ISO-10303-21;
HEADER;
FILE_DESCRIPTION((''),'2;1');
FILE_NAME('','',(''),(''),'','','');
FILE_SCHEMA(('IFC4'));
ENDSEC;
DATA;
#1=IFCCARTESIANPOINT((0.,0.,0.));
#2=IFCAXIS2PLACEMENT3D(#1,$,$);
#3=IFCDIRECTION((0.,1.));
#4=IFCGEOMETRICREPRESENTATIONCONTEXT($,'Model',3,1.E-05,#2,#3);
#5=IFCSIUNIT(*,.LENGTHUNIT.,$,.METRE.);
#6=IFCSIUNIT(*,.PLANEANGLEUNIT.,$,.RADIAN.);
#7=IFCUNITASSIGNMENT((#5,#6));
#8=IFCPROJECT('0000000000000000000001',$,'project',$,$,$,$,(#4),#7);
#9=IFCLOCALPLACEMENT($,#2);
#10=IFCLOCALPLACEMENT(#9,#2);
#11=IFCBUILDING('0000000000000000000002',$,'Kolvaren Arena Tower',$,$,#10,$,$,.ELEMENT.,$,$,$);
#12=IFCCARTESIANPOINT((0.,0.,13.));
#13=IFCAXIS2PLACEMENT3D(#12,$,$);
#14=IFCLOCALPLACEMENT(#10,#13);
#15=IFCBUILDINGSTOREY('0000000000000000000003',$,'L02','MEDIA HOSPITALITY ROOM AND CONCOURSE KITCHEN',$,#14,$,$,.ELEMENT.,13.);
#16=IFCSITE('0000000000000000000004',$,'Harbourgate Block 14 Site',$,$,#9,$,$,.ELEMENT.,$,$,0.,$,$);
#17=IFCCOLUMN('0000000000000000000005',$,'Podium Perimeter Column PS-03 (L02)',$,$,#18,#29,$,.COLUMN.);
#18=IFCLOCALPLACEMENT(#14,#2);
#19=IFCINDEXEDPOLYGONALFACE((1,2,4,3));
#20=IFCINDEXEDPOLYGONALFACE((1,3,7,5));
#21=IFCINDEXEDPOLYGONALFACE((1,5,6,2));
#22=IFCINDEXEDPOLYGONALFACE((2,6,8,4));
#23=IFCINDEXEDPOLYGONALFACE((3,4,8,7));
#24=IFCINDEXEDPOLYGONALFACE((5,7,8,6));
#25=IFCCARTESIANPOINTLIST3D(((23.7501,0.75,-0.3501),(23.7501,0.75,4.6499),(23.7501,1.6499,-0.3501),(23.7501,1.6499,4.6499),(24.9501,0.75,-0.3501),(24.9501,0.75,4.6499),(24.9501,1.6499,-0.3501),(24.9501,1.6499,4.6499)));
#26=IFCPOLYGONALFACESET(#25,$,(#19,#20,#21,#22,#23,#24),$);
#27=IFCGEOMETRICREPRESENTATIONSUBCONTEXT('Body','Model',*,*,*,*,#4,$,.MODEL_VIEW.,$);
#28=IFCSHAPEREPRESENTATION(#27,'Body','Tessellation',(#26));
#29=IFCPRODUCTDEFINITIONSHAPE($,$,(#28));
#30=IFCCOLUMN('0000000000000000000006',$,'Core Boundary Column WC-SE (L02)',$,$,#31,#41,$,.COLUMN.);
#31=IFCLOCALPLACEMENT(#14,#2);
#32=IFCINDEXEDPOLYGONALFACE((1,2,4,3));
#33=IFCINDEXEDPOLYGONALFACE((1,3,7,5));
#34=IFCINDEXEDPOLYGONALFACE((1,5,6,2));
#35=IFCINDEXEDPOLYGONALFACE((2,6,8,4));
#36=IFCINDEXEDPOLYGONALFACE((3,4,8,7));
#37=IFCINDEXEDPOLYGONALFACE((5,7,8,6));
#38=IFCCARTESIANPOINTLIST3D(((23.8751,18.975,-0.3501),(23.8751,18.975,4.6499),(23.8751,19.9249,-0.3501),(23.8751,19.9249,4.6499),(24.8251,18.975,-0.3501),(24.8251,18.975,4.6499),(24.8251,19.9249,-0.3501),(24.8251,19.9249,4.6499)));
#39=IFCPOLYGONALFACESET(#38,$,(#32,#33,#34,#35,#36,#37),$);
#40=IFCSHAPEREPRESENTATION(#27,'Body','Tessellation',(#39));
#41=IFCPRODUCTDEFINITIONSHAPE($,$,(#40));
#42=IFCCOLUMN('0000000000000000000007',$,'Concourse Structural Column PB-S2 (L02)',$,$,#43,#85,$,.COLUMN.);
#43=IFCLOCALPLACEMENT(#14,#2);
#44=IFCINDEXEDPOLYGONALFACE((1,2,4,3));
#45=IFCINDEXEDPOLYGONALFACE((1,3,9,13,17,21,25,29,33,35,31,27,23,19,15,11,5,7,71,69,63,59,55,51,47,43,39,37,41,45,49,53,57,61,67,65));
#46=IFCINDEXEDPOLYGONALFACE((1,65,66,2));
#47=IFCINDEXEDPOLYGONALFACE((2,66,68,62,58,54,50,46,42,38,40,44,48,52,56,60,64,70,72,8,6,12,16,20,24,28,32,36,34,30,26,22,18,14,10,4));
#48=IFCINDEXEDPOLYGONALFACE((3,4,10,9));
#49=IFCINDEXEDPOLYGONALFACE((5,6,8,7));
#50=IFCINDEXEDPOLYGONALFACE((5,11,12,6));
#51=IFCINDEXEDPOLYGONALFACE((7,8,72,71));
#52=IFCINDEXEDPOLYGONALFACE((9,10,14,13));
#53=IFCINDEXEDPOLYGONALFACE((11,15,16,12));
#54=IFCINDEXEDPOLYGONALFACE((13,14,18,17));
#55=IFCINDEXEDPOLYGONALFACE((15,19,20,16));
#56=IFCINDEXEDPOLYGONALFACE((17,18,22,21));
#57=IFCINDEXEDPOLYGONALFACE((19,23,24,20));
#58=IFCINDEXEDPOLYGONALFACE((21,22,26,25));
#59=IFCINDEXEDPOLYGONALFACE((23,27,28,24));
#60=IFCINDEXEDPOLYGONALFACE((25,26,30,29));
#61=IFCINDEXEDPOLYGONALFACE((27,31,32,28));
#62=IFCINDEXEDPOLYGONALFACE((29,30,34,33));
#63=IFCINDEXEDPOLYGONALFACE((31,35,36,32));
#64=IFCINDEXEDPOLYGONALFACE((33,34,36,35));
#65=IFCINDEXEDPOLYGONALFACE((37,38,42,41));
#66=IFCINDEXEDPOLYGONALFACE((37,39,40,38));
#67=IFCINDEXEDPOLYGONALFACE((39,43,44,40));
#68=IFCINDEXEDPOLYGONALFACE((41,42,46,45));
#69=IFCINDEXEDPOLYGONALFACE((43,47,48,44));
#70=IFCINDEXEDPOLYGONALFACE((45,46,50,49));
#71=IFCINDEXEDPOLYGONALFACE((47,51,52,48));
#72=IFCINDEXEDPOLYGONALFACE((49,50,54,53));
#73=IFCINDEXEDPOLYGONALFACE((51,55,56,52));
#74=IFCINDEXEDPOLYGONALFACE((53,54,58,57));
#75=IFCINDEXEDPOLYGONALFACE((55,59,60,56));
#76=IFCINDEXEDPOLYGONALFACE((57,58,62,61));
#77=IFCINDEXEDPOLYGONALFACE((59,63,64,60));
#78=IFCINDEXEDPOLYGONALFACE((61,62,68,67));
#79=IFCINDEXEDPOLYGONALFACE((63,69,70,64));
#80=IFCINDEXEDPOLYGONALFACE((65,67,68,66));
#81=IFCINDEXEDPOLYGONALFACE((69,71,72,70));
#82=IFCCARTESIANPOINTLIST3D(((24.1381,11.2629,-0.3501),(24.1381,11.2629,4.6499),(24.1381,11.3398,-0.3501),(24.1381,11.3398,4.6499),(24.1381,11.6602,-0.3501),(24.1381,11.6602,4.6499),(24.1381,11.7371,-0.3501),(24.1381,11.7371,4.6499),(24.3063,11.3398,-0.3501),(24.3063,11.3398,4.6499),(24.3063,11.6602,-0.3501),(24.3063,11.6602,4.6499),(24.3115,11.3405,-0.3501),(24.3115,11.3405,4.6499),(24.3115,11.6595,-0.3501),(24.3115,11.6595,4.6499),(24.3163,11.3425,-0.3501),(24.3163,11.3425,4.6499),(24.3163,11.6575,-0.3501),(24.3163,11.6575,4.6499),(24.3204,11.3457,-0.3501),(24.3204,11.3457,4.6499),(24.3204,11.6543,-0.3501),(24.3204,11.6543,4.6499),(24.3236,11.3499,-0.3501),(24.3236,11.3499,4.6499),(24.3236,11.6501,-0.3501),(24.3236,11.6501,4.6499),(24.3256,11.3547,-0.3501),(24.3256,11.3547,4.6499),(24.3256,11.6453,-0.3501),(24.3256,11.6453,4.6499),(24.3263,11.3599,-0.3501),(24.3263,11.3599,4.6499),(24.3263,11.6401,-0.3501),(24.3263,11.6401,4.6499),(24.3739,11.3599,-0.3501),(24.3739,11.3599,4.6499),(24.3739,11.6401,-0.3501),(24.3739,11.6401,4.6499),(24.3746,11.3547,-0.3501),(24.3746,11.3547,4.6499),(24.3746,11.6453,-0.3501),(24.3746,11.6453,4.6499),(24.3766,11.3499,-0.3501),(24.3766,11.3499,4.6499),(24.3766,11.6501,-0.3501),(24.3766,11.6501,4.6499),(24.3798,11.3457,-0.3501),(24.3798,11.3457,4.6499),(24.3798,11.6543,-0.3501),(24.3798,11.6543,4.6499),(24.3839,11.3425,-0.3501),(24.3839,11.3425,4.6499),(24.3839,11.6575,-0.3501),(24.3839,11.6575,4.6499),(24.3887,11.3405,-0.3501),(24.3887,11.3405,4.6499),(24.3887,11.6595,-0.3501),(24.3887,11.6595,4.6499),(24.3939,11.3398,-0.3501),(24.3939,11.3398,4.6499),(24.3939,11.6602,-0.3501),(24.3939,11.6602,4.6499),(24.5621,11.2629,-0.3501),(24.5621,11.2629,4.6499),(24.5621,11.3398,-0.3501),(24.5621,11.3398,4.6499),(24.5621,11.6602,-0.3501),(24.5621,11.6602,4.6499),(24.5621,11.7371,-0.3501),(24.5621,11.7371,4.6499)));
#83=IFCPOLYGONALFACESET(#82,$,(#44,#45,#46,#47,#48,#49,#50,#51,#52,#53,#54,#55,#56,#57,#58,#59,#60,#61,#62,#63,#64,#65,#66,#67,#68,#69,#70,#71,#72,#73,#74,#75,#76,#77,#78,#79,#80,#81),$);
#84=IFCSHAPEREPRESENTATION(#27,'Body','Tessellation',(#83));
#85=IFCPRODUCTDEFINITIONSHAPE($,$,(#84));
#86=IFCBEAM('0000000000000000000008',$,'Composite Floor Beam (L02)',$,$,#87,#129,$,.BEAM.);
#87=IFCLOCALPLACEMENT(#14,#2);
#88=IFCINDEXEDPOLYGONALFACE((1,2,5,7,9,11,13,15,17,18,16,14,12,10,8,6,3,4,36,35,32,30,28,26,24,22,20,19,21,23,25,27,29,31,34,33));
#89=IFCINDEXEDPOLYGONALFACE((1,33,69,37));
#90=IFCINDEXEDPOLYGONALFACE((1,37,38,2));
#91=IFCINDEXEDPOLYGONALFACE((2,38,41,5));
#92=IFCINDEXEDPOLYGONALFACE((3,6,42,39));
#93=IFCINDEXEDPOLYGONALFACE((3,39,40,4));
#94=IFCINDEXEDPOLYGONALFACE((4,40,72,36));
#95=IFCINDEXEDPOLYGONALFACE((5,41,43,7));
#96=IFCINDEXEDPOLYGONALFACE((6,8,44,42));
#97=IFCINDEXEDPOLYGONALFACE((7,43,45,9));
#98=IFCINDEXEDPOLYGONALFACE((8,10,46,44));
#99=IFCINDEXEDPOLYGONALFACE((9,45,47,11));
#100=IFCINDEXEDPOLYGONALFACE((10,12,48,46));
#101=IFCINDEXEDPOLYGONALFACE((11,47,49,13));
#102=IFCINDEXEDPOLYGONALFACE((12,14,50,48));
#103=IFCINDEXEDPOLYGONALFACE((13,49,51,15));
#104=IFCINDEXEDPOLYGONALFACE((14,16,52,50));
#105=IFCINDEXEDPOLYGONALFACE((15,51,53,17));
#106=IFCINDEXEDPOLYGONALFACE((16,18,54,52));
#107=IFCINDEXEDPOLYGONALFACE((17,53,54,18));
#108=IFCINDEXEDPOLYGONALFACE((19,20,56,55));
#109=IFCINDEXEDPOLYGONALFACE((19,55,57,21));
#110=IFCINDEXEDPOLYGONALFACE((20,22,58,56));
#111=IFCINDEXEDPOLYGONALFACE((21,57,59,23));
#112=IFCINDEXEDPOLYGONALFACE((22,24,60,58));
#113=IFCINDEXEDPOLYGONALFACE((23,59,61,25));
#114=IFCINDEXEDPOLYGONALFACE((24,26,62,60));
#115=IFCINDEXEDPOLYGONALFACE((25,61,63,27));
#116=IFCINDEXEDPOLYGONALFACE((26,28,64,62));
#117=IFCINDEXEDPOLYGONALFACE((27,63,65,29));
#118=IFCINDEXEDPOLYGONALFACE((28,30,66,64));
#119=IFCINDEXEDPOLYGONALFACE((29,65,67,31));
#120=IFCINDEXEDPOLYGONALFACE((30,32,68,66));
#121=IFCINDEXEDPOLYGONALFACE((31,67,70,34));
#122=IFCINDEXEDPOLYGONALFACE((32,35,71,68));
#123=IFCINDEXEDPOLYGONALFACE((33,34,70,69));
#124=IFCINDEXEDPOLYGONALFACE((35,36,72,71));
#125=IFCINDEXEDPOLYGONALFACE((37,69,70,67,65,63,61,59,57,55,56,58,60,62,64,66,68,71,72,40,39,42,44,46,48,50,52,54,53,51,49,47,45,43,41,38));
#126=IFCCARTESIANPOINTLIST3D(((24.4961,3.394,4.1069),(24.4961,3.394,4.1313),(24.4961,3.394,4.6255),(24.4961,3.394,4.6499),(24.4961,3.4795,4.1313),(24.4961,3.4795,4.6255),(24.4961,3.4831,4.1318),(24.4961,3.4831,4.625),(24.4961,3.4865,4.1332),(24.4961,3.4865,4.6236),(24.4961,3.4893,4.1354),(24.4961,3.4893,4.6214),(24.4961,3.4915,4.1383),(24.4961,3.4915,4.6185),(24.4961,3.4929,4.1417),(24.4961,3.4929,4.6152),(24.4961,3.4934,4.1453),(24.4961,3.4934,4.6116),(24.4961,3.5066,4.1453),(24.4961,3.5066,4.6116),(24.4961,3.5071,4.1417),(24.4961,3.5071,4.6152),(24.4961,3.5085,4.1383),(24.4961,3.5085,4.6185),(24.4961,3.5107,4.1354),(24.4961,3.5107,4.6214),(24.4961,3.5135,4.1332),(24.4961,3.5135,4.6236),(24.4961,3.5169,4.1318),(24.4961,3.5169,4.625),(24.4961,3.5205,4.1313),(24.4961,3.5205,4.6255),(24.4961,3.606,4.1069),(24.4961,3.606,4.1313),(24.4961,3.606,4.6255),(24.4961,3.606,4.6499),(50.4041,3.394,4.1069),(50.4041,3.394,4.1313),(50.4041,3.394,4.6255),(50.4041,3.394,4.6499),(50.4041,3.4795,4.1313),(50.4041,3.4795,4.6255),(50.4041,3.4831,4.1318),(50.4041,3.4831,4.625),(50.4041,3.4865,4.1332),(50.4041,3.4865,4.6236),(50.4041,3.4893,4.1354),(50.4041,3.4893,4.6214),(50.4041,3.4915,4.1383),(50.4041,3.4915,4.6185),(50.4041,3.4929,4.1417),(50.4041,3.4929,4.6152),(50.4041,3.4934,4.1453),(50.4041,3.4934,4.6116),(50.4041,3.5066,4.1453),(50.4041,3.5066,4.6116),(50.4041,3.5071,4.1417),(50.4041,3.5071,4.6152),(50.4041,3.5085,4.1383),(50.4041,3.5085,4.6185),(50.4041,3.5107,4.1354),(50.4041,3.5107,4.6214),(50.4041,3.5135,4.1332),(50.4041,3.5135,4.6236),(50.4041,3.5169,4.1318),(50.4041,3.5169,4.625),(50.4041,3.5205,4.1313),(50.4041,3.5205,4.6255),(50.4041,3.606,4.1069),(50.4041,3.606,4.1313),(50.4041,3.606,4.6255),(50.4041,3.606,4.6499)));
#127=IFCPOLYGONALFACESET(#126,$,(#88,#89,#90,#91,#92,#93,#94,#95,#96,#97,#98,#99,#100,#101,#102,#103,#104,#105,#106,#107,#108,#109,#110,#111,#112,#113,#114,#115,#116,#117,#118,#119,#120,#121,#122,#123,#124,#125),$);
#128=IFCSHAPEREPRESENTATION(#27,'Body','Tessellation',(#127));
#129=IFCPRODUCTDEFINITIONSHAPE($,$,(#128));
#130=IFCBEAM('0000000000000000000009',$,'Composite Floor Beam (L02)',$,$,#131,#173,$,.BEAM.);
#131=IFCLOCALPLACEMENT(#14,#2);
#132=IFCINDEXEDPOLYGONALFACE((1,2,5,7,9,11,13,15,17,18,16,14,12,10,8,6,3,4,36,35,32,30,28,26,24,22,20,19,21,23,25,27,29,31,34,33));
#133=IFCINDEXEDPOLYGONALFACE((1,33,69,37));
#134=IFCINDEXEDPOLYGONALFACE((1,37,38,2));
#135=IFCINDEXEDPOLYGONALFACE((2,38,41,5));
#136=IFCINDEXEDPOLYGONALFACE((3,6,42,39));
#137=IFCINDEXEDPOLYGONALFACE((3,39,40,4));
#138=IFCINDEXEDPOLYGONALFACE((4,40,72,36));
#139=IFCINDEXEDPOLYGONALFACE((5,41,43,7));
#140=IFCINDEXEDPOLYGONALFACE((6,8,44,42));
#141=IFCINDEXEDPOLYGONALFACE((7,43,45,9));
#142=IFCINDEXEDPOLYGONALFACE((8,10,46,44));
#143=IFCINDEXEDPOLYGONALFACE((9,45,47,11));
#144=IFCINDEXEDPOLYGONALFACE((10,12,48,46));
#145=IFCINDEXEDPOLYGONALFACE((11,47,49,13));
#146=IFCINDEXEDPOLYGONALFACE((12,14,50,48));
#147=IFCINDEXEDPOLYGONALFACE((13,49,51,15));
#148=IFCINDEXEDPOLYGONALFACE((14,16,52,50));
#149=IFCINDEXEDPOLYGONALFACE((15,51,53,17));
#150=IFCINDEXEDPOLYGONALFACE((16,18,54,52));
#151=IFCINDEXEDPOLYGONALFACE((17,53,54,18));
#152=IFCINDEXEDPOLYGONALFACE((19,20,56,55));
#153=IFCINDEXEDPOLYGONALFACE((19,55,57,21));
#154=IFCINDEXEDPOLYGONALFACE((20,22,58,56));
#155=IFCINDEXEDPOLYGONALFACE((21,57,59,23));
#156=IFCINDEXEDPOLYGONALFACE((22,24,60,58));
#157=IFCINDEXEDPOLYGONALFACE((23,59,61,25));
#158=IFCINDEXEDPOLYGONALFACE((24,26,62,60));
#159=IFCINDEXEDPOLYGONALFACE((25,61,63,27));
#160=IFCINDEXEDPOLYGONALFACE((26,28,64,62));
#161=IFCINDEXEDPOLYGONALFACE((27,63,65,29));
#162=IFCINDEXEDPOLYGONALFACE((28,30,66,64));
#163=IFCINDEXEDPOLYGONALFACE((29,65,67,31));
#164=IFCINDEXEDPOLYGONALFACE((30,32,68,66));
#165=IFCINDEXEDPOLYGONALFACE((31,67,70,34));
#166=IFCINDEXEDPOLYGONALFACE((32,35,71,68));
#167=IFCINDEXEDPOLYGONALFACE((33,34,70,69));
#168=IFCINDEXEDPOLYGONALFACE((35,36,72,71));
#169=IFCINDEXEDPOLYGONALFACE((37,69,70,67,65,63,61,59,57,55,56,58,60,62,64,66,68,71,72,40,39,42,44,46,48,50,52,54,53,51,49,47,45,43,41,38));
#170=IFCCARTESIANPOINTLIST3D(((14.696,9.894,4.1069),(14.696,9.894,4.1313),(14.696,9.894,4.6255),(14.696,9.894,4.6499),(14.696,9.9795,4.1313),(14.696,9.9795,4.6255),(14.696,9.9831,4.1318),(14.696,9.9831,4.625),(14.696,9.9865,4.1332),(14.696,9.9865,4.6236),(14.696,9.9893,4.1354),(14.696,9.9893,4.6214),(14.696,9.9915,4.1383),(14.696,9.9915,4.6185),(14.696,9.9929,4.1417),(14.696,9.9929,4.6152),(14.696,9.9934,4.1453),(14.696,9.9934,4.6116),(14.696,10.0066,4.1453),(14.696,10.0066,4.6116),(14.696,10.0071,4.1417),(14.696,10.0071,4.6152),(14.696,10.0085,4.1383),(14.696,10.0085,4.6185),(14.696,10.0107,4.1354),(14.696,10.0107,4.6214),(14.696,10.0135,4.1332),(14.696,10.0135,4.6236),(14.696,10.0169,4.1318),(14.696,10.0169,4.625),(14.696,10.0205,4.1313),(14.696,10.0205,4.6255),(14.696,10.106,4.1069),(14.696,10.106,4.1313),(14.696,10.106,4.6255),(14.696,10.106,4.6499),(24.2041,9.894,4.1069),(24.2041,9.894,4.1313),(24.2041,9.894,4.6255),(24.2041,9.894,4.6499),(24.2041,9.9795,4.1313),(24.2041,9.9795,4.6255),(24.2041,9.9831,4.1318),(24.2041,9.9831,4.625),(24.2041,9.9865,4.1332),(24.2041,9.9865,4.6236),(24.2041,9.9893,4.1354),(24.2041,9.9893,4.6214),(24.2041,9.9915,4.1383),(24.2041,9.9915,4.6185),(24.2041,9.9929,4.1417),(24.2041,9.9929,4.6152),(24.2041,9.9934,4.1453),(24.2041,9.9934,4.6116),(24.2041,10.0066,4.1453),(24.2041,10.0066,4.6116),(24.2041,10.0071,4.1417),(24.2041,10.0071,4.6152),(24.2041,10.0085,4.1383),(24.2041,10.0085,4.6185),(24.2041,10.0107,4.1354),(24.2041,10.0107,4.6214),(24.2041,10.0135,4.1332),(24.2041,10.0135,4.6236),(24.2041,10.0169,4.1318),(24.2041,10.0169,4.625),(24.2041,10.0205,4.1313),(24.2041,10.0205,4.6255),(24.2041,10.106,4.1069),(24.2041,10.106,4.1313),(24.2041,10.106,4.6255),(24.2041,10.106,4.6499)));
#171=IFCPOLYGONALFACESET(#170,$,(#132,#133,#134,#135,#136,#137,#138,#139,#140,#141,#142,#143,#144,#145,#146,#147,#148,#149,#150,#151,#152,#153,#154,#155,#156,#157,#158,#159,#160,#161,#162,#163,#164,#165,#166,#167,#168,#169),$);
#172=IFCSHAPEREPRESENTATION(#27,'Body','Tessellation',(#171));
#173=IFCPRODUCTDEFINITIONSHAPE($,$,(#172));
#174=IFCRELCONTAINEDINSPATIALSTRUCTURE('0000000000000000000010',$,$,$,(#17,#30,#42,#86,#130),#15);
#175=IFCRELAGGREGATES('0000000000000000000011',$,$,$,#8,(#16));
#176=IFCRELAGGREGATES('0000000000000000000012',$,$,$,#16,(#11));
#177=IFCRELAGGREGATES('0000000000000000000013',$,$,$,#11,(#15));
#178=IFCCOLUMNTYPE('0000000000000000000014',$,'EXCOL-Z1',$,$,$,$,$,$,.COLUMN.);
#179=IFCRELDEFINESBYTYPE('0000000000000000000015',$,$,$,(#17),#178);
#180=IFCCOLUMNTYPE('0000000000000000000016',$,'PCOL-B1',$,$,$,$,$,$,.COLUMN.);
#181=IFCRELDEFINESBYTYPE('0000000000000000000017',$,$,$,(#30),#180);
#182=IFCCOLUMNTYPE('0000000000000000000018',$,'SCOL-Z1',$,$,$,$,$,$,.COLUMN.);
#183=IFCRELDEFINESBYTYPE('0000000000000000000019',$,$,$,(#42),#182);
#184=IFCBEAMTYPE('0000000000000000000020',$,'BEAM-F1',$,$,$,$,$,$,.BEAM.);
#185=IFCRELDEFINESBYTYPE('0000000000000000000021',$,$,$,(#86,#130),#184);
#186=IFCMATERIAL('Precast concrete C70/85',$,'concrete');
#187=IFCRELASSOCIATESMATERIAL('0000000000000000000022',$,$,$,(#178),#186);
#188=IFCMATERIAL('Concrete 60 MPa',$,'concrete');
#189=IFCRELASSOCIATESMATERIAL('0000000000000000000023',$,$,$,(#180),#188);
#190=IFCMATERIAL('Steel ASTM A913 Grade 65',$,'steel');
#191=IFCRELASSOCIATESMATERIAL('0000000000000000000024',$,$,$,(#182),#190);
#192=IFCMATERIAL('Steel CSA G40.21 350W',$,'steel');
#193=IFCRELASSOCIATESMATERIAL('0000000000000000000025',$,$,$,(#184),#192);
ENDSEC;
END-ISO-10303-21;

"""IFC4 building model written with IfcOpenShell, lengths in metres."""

from ifc_helpers import new_model, si_unit, direction, frame, origin, origin_2d, place, context, subcontext, project, spatial, rectangle, i_section, extrude, material, material_profile, profile_set, type_object, element, save


model = new_model("IFC4")

# Units and contexts
model_context = context("Model", 3, precision=1e-05, world=origin(), true_north=direction((0.0, 1.0)))
body_context = subcontext(model_context, "Body", "Model", "MODEL_VIEW")
ifc_project = project(units=[si_unit("LENGTHUNIT", "METRE"), si_unit("PLANEANGLEUNIT", "RADIAN")], contexts=[model_context])

# Site, building, storey
site_placement = place(None, origin())
site = spatial("IfcSite", under=ifc_project, at=site_placement, Name="Harbourgate Block 14 Site", CompositionType="ELEMENT", RefElevation=0.0)
building_placement = place(site_placement, origin())
building = spatial("IfcBuilding", under=site, at=building_placement, Name="Kolvaren Arena Tower", CompositionType="ELEMENT")
storey_placement = place(building_placement, frame((0.0, 0.0, 13.0)))
storey = spatial("IfcBuildingStorey", under=building, at=storey_placement, Name="L02", Description="MEDIA HOSPITALITY ROOM AND CONCOURSE KITCHEN", CompositionType="ELEMENT", Elevation=13.0)

# Columns
ifc_material_1 = material(Name="Precast concrete C70/85", Category="concrete")
ifc_material_profile_1 = material_profile(ifc_material_1, rectangle(XDim=1.2, YDim=0.8999, at=origin_2d()), Name="RC-1200x900")
ifc_profile_set_1 = profile_set([ifc_material_profile_1], Name="Precast concrete C70/85")
column_type_1 = type_object("IfcColumnType", Name="EXCOL-Z1", PredefinedType="COLUMN", material=ifc_profile_set_1)
column_1_placement = place(storey_placement, frame((24.3501, 1.2, -0.3501), z_axis=(0.0, 0.0, 1.0), x_axis=(1.0, 0.0, 0.0)))
element("IfcColumn", 1, at=column_1_placement, inside=storey, type_object=column_type_1, Name="Podium Perimeter Column PS-03 (L02)", PredefinedType="COLUMN", context=body_context, shape_type="SweptSolid", body=[
    extrude(rectangle(XDim=1.2, YDim=0.8999, at=origin_2d()), origin(), (0.0, 0.0, 1.0), 5.0),
])
ifc_material_2 = material(Name="Concrete 60 MPa", Category="concrete")
ifc_material_profile_2 = material_profile(ifc_material_2, rectangle(XDim=0.95, YDim=0.95, at=origin_2d()), Name="RC-950x950")
ifc_profile_set_2 = profile_set([ifc_material_profile_2], Name="Concrete 60 MPa")
column_type_2 = type_object("IfcColumnType", Name="PCOL-B1", PredefinedType="COLUMN", material=ifc_profile_set_2)
column_2_placement = place(storey_placement, frame((24.3501, 19.45, -0.3501), z_axis=(0.0, 0.0, 1.0), x_axis=(1.0, 0.0, 0.0)))
element("IfcColumn", 2, at=column_2_placement, inside=storey, type_object=column_type_2, Name="Core Boundary Column WC-SE (L02)", PredefinedType="COLUMN", context=body_context, shape_type="SweptSolid", body=[
    extrude(rectangle(XDim=0.95, YDim=0.95, at=origin_2d()), origin(), (0.0, 0.0, 1.0), 5.0),
])
ifc_material_3 = material(Name="Steel ASTM A913 Grade 65", Category="steel")
ifc_material_profile_3 = material_profile(ifc_material_3, i_section(OverallWidth=0.4241, OverallDepth=0.4741, WebThickness=0.0476, FlangeThickness=0.0769, FilletRadius=0.02, at=origin_2d()), Name="W360x634")
ifc_profile_set_3 = profile_set([ifc_material_profile_3], Name="Steel ASTM A913 Grade 65")
column_type_3 = type_object("IfcColumnType", Name="SCOL-Z1", PredefinedType="COLUMN", material=ifc_profile_set_3)
column_3_placement = place(storey_placement, frame((24.3501, 11.5, -0.3501), z_axis=(0.0, 0.0, 1.0), x_axis=(1.0, 0.0, 0.0)))
element("IfcColumn", 3, at=column_3_placement, inside=storey, type_object=column_type_3, Name="Concourse Structural Column PB-S2 (L02)", PredefinedType="COLUMN", context=body_context, shape_type="SweptSolid", body=[
    extrude(i_section(OverallWidth=0.4241, OverallDepth=0.4741, WebThickness=0.0476, FlangeThickness=0.0769, FilletRadius=0.02, at=origin_2d()), origin(), (0.0, 0.0, 1.0), 5.0),
])

# Beams
ifc_material_4 = material(Name="Steel CSA G40.21 350W", Category="steel")
ifc_material_profile_4 = material_profile(ifc_material_4, i_section(OverallWidth=0.2119, OverallDepth=0.543, WebThickness=0.0132, FlangeThickness=0.0244, FilletRadius=0.0139, at=origin_2d()), Name="W530x150")
ifc_profile_set_4 = profile_set([ifc_material_profile_4], Name="Steel CSA G40.21 350W")
beam_type_1 = type_object("IfcBeamType", Name="BEAM-F1", PredefinedType="BEAM", material=ifc_profile_set_4)
beam_1_placement = place(storey_placement, frame((24.4961, 3.5, 4.3784), z_axis=(1.0, 0.0, 0.0), x_axis=(0.0, 1.0, 0.0)))
element("IfcBeam", 4, at=beam_1_placement, inside=storey, type_object=beam_type_1, Name="Composite Floor Beam (L02)", PredefinedType="BEAM", context=body_context, shape_type="SweptSolid", body=[
    extrude(i_section(OverallWidth=0.2119, OverallDepth=0.543, WebThickness=0.0132, FlangeThickness=0.0244, FilletRadius=0.0139, at=origin_2d()), origin(), (0.0, 0.0, 1.0), 25.908),
])
beam_2_placement = place(storey_placement, frame((14.696, 10.0, 4.3784), z_axis=(1.0, 0.0, 0.0), x_axis=(0.0, 1.0, 0.0)))
element("IfcBeam", 5, at=beam_2_placement, inside=storey, type_object=beam_type_1, Name="Composite Floor Beam (L02)", PredefinedType="BEAM", context=body_context, shape_type="SweptSolid", body=[
    extrude(i_section(OverallWidth=0.2119, OverallDepth=0.543, WebThickness=0.0132, FlangeThickness=0.0244, FilletRadius=0.0139, at=origin_2d()), origin(), (0.0, 0.0, 1.0), 9.5081),
])

save(model, "model.ifc")
